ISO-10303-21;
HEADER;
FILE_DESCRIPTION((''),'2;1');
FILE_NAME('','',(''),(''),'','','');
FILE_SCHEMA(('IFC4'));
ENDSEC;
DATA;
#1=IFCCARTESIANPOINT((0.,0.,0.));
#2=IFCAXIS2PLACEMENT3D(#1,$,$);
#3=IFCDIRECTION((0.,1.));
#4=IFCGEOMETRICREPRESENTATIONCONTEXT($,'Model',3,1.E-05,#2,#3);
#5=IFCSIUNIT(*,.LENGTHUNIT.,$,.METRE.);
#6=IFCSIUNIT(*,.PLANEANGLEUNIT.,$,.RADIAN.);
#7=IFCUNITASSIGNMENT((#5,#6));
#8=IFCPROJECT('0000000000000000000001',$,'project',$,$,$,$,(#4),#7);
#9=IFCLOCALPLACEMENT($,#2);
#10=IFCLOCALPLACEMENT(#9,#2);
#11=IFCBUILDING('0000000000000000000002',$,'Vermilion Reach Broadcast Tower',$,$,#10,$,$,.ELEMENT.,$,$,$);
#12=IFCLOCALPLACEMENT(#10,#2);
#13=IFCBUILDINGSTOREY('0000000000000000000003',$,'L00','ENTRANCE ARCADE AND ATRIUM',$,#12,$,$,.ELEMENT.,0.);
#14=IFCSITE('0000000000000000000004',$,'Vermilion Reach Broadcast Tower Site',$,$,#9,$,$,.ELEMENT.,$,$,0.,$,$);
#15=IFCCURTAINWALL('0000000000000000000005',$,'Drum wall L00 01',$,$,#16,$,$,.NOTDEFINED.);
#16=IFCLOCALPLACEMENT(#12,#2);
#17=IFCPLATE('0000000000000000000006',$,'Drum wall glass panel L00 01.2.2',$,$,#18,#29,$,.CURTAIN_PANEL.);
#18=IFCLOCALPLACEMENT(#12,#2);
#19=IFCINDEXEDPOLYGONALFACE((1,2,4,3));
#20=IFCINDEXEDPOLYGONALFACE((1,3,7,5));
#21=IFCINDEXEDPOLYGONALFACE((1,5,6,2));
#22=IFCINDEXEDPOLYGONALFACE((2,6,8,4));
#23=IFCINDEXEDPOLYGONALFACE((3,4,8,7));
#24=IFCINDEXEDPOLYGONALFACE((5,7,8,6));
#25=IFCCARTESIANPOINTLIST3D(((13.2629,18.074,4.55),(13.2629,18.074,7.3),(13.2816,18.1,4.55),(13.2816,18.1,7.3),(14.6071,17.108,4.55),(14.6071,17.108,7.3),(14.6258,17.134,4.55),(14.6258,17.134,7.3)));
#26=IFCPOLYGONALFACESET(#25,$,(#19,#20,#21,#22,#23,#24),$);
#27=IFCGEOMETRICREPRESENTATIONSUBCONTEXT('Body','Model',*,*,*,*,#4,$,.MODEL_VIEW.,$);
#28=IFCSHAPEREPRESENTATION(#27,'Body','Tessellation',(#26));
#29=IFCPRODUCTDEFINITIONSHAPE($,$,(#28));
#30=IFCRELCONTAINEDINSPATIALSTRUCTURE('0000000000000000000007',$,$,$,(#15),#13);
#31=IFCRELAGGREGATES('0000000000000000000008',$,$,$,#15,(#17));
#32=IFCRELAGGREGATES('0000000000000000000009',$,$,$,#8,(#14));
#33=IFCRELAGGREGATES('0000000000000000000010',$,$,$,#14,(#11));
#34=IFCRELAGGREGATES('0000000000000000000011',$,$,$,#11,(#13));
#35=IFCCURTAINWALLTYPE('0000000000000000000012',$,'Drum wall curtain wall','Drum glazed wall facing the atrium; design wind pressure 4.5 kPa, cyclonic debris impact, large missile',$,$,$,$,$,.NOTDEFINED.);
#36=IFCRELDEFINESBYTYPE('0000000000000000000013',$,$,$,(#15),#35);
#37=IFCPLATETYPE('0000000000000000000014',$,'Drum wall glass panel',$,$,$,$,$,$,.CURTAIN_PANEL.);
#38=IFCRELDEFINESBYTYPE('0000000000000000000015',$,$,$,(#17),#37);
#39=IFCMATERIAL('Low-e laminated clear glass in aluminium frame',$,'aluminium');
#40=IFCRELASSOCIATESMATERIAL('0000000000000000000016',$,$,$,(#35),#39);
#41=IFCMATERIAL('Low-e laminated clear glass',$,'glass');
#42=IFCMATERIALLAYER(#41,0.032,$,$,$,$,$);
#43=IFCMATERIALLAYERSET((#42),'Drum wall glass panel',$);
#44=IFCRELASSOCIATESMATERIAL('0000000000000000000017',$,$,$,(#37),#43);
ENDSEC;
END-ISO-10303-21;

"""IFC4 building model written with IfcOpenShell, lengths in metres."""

from ifc_helpers import new_model, si_unit, direction, frame, origin, origin_2d, place, context, subcontext, project, spatial, rectangle, extrude, material, layer, layer_set, type_object, element, aggregate, save


model = new_model("IFC4")

# Units and contexts
model_context = context("Model", 3, precision=1e-05, world=origin(), true_north=direction((0.0, 1.0)))
body_context = subcontext(model_context, "Body", "Model", "MODEL_VIEW")
ifc_project = project(units=[si_unit("LENGTHUNIT", "METRE"), si_unit("PLANEANGLEUNIT", "RADIAN")], contexts=[model_context])

# Site, building, storey
site_placement = place(None, origin())
site = spatial("IfcSite", under=ifc_project, at=site_placement, Name="Vermilion Reach Broadcast Tower Site", CompositionType="ELEMENT", RefElevation=0.0)
building_placement = place(site_placement, origin())
building = spatial("IfcBuilding", under=site, at=building_placement, Name="Vermilion Reach Broadcast Tower", CompositionType="ELEMENT")
storey_placement = place(building_placement, origin())
storey = spatial("IfcBuildingStorey", under=building, at=storey_placement, Name="L00", Description="ENTRANCE ARCADE AND ATRIUM", CompositionType="ELEMENT", Elevation=0.0)

# Shared definitions
placement = place(storey_placement, origin())

# Curtain wall
ifc_material_1 = material(Name="Low-e laminated clear glass in aluminium frame", Category="aluminium")
curtain_wall_type_1 = type_object("IfcCurtainWallType", Name="Drum wall curtain wall", Description="Drum glazed wall facing the atrium; design wind pressure 4.5 kPa, cyclonic debris impact, large missile", PredefinedType="NOTDEFINED", material=ifc_material_1)
curtain_wall_1 = element("IfcCurtainWall", 1, at=placement, inside=storey, type_object=curtain_wall_type_1, Name="Drum wall L00 01", PredefinedType="NOTDEFINED")

# Plate
ifc_material_2 = material(Name="Low-e laminated clear glass", Category="glass")
ifc_layer_1 = layer(ifc_material_2, 0.032)
ifc_layer_set_1 = layer_set([ifc_layer_1], Name="Drum wall glass panel")
plate_type_1 = type_object("IfcPlateType", Name="Drum wall glass panel", PredefinedType="CURTAIN_PANEL", material=ifc_layer_set_1)
plate_1_placement = place(storey_placement, frame((13.9443, 17.604, 4.55), z_axis=(0.0, 0.0, 1.0), x_axis=(0.812051, -0.583587, 0.0)))
plate_1 = element("IfcPlate", 2, at=plate_1_placement, type_object=plate_type_1, Name="Drum wall glass panel L00 01.2.2", PredefinedType="CURTAIN_PANEL", context=body_context, shape_type="SweptSolid", body=[
    extrude(rectangle(XDim=1.6553, YDim=0.032, at=origin_2d()), origin(), (0.0, 0.0, 1.0), 2.75),
])
aggregate(curtain_wall_1, [plate_1])

save(model, "model.ifc")
